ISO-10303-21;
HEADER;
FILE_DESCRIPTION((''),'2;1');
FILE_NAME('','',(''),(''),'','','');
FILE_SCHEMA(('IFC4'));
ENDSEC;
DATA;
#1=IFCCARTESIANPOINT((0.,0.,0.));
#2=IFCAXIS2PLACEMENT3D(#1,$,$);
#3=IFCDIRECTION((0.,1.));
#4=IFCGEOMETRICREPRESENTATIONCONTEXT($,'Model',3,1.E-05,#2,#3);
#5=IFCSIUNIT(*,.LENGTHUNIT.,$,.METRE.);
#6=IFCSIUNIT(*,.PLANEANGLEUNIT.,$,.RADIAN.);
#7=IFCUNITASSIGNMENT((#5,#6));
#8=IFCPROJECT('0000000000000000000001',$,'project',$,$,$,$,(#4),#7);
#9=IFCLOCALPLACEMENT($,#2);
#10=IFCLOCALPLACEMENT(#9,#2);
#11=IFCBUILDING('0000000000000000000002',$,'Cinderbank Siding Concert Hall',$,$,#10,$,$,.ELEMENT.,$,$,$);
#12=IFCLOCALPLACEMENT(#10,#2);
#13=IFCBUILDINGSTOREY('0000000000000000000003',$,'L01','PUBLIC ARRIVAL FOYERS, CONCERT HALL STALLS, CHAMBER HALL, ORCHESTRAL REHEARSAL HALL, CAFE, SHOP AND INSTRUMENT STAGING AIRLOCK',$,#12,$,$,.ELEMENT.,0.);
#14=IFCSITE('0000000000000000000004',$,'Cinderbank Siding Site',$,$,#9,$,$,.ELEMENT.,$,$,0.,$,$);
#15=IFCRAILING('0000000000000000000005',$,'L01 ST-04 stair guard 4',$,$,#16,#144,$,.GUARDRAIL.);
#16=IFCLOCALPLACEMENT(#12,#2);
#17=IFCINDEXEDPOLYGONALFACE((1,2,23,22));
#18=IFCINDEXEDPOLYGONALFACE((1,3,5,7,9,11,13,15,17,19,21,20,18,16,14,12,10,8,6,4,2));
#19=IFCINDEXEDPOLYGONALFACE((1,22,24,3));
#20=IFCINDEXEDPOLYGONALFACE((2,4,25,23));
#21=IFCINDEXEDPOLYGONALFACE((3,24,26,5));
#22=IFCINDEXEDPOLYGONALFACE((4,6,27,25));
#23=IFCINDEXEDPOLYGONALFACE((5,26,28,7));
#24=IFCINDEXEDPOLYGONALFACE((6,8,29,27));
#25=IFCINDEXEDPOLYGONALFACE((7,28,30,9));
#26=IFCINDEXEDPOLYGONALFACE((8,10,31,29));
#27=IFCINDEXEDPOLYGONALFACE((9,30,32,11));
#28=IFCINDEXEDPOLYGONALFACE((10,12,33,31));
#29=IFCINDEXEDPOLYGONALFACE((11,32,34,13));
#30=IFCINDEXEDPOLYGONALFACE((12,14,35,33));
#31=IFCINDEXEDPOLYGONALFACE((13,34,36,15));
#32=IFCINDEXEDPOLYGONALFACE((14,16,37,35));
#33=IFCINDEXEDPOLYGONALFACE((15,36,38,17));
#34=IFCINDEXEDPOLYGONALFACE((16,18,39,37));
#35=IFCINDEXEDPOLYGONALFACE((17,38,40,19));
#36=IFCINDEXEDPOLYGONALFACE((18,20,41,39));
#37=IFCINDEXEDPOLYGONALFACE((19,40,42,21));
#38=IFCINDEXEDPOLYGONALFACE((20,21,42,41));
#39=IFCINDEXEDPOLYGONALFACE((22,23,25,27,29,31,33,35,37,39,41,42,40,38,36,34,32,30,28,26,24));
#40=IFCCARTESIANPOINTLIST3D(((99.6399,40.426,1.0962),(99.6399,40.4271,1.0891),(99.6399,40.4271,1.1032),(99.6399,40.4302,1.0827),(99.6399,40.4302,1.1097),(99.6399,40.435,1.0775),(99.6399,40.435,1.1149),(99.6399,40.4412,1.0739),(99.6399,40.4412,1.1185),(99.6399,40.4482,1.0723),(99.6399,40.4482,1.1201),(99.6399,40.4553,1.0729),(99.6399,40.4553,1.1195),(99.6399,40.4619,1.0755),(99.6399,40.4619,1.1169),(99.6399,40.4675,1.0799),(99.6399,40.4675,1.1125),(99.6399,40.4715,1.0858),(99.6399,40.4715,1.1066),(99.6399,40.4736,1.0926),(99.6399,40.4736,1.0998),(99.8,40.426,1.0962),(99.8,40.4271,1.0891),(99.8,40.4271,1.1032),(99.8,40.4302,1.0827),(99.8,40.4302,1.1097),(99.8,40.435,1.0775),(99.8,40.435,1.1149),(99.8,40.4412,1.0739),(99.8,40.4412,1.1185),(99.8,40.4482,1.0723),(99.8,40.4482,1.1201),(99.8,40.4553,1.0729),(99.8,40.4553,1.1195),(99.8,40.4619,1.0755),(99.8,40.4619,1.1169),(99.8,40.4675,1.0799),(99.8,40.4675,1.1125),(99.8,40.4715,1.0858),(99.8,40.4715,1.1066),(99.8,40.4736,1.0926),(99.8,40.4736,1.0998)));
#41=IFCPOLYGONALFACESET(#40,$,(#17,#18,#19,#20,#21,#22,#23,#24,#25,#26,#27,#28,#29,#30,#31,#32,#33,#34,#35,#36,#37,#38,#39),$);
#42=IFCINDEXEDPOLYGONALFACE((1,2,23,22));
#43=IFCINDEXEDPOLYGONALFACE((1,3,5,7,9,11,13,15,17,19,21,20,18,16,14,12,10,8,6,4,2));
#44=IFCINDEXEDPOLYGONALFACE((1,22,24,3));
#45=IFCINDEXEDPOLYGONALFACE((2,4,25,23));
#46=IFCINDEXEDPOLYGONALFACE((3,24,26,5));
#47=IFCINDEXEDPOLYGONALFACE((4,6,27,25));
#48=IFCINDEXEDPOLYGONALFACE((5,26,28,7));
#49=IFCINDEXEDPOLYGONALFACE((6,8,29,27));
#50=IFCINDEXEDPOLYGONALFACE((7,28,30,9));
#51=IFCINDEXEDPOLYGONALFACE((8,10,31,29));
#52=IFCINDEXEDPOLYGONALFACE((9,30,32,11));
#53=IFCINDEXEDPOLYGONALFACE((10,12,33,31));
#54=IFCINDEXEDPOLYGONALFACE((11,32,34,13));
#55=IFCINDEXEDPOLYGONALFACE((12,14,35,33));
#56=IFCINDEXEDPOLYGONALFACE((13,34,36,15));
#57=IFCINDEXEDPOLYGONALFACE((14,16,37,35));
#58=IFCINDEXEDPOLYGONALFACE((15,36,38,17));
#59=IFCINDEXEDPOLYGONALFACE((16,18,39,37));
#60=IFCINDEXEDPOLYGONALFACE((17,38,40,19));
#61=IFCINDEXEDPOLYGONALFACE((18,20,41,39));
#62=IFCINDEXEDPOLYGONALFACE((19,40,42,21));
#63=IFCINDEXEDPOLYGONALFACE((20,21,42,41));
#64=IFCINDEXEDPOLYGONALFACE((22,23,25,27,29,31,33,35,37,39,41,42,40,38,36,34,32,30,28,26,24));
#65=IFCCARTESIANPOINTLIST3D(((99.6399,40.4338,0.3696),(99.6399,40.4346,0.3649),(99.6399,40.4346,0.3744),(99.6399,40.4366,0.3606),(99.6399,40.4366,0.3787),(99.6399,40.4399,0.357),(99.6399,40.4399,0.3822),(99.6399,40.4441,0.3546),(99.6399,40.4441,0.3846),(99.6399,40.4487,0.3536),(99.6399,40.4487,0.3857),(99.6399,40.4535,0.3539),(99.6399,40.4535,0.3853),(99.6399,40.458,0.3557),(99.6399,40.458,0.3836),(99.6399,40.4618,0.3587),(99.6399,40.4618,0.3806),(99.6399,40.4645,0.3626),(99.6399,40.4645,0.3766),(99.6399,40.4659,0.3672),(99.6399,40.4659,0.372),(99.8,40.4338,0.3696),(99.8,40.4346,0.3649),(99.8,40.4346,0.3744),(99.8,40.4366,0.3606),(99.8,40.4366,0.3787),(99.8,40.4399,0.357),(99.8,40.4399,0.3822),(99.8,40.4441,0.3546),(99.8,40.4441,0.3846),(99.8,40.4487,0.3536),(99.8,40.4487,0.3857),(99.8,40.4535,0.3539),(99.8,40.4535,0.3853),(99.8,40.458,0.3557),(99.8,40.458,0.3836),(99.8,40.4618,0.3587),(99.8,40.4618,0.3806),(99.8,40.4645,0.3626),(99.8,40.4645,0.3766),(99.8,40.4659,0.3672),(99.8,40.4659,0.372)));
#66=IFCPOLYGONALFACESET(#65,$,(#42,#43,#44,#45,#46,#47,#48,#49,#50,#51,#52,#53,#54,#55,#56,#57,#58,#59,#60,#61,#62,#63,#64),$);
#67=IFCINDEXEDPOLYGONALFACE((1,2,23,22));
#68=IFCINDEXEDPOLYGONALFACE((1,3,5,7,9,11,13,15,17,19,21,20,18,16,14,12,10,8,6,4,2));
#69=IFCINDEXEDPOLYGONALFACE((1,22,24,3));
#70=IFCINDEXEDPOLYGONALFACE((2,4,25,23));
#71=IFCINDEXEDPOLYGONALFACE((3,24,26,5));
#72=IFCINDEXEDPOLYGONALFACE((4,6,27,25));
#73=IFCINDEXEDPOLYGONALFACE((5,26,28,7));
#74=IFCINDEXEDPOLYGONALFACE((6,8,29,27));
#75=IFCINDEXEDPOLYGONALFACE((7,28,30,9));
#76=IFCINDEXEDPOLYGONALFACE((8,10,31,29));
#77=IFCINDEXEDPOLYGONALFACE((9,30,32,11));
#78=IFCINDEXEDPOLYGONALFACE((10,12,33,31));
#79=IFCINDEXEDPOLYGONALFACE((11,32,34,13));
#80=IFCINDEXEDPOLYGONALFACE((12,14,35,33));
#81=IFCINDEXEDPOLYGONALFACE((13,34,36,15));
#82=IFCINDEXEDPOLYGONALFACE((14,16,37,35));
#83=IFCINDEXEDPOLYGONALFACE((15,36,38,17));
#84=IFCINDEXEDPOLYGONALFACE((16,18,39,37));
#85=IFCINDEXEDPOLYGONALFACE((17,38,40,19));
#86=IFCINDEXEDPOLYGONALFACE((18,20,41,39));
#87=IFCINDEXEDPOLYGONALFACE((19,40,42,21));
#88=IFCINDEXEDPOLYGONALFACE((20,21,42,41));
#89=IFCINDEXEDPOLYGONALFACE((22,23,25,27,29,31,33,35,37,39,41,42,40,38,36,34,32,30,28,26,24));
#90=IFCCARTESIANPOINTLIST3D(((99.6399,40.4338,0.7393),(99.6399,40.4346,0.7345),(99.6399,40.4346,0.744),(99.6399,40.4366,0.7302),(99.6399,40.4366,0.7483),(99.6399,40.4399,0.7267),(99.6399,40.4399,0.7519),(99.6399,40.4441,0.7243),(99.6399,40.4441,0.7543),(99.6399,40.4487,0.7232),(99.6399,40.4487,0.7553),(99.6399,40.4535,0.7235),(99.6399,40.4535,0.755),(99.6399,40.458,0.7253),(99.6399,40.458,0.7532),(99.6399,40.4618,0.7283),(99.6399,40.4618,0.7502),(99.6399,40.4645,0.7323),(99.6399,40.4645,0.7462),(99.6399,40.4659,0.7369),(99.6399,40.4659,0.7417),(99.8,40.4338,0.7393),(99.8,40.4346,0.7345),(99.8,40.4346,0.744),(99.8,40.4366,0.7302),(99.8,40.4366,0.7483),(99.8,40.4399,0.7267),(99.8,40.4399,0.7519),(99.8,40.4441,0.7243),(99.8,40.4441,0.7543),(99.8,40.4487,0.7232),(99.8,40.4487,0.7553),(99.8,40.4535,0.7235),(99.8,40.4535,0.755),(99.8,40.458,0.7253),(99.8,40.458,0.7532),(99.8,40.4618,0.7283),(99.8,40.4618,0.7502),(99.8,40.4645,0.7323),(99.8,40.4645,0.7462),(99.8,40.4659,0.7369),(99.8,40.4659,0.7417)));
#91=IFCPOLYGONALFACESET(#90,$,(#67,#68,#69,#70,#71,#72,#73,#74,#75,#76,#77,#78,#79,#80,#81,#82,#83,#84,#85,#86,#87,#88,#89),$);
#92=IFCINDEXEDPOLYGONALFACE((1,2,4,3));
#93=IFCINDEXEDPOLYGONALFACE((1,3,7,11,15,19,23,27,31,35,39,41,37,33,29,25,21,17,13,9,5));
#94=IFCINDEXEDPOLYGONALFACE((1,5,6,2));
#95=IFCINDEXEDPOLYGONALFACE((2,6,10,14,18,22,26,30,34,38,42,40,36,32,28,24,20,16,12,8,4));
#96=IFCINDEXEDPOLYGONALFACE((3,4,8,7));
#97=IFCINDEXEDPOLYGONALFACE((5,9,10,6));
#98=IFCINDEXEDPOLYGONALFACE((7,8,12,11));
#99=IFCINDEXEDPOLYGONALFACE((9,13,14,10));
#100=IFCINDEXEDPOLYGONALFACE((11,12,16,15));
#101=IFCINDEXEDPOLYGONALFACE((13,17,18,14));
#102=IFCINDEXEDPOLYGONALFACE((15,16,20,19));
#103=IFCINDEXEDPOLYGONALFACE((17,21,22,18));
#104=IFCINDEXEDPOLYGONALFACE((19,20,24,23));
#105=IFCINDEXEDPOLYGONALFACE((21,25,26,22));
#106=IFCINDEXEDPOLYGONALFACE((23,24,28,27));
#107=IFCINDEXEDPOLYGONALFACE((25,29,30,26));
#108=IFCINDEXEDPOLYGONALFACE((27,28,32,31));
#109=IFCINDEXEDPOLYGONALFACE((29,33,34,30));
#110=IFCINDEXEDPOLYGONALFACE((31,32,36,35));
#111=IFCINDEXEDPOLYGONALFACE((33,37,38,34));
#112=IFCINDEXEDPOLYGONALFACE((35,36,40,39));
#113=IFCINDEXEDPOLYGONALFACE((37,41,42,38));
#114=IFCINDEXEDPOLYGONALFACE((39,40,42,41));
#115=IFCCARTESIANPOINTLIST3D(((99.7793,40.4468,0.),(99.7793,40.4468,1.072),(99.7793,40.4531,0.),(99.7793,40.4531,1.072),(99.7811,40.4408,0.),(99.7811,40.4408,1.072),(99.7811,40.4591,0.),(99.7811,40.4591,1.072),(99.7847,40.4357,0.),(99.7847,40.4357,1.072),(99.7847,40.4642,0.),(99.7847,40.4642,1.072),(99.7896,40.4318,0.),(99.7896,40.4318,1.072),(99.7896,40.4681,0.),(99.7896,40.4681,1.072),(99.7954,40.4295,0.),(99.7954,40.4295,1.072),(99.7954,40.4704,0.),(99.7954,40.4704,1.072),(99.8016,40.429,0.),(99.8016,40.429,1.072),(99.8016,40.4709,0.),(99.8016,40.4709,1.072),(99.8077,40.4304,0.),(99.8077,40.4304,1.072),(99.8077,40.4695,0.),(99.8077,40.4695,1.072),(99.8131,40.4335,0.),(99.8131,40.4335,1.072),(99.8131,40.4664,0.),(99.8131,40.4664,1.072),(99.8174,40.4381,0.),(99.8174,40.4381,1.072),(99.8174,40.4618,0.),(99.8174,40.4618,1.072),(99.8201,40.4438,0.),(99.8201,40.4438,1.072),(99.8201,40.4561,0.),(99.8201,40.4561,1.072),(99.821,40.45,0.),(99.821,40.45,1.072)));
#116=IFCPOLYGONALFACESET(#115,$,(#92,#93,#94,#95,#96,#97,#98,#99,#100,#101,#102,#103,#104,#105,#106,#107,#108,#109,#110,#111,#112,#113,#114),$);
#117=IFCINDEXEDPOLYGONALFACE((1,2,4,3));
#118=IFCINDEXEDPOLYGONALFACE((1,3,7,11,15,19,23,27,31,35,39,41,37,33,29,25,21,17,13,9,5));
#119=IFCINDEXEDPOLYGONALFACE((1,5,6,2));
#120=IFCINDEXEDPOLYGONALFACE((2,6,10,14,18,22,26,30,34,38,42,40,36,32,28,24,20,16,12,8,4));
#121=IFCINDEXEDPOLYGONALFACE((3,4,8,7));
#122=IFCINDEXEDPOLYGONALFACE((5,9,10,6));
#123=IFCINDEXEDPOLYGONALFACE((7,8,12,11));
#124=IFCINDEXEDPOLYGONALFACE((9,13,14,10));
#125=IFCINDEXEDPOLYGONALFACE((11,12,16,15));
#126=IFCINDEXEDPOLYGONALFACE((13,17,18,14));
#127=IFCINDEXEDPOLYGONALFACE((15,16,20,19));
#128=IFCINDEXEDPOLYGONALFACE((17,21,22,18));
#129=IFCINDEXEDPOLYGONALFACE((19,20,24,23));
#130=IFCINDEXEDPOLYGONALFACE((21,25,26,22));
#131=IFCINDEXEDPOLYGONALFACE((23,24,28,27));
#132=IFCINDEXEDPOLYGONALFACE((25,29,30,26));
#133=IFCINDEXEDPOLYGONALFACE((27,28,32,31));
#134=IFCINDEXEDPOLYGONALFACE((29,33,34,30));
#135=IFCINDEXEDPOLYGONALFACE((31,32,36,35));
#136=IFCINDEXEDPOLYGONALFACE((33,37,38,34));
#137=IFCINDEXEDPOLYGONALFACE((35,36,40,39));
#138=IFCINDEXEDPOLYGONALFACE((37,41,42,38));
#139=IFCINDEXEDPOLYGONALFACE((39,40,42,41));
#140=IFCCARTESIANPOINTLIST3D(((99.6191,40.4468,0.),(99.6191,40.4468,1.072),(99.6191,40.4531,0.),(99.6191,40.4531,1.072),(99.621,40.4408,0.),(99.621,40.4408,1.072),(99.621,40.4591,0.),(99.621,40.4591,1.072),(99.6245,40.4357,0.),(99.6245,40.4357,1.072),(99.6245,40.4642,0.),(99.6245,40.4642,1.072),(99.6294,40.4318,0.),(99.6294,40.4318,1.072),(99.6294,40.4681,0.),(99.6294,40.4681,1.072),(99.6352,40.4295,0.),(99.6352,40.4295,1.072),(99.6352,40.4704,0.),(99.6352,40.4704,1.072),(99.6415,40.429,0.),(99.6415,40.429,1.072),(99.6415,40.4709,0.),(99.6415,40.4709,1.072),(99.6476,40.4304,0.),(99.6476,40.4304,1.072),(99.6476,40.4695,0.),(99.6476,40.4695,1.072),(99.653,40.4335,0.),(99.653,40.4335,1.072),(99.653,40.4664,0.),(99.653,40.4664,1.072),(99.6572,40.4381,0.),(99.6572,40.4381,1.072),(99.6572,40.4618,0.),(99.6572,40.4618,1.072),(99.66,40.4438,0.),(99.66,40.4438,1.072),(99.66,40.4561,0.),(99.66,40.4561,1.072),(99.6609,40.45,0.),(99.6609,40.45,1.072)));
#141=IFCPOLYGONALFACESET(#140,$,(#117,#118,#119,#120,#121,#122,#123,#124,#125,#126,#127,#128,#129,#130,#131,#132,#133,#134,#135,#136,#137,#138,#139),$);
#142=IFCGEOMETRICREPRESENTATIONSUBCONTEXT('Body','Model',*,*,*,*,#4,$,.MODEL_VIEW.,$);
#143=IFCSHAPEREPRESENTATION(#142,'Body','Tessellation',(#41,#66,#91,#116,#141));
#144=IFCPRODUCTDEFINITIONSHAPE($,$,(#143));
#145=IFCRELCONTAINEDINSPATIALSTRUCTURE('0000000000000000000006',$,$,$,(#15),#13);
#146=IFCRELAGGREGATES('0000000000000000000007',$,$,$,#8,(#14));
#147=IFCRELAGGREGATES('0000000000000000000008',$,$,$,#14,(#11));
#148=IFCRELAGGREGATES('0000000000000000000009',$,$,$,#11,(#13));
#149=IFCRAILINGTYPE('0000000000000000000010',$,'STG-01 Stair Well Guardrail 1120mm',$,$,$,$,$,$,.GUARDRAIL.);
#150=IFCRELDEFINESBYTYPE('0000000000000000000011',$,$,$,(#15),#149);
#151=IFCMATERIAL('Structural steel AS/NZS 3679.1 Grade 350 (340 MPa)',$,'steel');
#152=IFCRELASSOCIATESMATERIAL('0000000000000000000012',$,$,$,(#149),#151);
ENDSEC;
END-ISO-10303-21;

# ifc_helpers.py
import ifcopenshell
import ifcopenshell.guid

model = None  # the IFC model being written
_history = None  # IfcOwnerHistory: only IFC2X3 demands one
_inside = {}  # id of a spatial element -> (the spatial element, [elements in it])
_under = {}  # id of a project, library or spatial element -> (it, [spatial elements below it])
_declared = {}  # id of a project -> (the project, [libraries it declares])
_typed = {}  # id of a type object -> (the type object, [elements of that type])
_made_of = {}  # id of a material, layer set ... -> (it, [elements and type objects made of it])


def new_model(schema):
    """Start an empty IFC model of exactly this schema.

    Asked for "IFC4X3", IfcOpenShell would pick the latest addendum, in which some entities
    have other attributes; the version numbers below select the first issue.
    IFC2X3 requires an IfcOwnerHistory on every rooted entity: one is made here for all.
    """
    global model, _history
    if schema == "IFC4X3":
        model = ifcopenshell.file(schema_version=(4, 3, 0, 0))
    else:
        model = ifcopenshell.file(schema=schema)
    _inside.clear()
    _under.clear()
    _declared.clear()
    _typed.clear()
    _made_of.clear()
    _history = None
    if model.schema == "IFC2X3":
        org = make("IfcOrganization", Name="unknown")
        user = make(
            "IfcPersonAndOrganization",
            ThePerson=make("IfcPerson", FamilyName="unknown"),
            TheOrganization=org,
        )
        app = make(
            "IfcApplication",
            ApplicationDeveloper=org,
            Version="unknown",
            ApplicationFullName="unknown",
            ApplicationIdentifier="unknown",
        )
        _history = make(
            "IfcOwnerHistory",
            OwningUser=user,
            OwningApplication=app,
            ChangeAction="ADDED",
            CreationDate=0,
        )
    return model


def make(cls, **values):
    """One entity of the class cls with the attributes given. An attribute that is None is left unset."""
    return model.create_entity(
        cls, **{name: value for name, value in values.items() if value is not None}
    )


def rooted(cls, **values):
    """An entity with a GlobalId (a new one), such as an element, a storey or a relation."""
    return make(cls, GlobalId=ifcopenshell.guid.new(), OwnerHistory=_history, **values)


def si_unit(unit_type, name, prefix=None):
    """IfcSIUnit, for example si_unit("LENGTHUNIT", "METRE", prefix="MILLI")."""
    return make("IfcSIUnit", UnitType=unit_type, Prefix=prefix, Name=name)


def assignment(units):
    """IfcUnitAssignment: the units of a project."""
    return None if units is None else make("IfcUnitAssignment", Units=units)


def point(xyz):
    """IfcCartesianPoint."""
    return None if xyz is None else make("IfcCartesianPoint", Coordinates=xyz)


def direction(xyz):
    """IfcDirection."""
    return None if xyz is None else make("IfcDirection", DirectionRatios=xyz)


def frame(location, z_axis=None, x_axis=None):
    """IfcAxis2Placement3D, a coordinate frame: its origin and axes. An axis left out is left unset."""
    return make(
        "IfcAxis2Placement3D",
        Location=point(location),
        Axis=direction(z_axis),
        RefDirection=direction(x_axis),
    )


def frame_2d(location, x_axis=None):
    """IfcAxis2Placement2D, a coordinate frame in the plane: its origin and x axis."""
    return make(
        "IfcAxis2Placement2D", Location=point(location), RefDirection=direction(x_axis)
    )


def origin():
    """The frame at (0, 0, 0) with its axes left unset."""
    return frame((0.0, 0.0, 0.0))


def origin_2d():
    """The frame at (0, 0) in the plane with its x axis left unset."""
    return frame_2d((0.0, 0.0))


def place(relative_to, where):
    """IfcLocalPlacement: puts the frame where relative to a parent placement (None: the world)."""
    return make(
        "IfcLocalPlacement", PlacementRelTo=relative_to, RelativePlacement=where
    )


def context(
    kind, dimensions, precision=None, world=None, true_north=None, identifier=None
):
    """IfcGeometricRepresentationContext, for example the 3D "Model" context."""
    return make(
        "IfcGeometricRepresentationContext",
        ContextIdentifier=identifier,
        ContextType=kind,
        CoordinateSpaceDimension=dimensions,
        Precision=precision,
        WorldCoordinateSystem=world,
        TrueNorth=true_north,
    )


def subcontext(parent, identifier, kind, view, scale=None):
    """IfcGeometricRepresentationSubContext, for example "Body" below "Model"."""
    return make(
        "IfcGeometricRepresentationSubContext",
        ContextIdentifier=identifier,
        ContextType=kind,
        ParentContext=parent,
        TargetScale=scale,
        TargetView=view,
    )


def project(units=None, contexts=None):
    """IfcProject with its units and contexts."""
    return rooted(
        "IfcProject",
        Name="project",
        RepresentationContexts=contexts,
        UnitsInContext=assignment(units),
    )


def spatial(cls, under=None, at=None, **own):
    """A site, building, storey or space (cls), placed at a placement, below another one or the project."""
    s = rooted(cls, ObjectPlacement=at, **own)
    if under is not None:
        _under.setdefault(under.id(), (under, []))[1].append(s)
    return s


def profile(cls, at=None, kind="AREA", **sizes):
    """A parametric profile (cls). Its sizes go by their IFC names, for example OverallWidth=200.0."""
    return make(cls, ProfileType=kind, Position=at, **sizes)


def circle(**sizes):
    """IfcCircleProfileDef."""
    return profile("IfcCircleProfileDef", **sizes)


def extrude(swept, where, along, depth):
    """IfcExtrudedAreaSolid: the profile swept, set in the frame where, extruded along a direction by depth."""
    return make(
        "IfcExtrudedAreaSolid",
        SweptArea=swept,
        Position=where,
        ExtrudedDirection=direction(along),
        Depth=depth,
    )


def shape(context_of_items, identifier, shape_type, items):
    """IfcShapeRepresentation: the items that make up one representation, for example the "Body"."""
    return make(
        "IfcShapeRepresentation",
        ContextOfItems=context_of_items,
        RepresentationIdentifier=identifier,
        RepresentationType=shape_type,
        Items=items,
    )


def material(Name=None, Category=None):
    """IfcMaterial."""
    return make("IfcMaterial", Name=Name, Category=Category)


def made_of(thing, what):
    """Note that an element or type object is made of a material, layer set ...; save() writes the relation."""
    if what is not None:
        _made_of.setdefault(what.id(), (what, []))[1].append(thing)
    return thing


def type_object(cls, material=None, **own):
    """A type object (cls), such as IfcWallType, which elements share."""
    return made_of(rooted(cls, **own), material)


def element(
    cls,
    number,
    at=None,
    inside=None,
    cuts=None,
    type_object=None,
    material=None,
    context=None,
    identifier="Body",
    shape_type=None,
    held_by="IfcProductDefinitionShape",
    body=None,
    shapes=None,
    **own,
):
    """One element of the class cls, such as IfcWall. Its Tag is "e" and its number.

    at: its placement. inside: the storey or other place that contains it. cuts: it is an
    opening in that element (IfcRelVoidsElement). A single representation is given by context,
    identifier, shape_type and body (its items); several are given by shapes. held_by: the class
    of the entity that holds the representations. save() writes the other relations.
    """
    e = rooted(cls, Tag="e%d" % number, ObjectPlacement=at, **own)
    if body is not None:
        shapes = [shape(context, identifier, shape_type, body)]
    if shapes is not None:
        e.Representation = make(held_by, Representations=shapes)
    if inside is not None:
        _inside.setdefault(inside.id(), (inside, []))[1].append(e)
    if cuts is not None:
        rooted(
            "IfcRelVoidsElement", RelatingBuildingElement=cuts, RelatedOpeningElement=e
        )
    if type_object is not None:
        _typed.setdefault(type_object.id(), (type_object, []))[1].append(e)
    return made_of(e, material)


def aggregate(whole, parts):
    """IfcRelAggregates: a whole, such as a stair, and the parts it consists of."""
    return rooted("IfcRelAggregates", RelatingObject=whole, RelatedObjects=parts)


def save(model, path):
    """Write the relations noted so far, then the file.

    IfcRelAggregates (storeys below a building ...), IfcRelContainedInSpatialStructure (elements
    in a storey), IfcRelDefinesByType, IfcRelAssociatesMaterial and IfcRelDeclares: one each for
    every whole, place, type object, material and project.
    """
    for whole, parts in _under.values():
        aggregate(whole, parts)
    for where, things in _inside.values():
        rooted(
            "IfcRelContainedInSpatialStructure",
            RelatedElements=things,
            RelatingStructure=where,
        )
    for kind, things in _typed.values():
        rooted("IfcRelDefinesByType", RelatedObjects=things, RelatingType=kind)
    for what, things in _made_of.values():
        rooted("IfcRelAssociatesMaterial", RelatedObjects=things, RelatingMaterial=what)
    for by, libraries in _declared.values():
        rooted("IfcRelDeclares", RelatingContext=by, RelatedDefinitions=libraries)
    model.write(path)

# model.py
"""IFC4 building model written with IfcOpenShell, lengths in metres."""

from ifc_helpers import new_model, si_unit, direction, frame, origin, origin_2d, place, context, subcontext, project, spatial, circle, extrude, material, type_object, element, save


model = new_model("IFC4")

# Units and contexts
model_context = context("Model", 3, precision=1e-05, world=origin(), true_north=direction((0.0, 1.0)))
body_context = subcontext(model_context, "Body", "Model", "MODEL_VIEW")
ifc_project = project(units=[si_unit("LENGTHUNIT", "METRE"), si_unit("PLANEANGLEUNIT", "RADIAN")], contexts=[model_context])

# Site, building, storey
site_placement = place(None, origin())
site = spatial("IfcSite", under=ifc_project, at=site_placement, Name="Cinderbank Siding Site", CompositionType="ELEMENT", RefElevation=0.0)
building_placement = place(site_placement, origin())
building = spatial("IfcBuilding", under=site, at=building_placement, Name="Cinderbank Siding Concert Hall", CompositionType="ELEMENT")
storey_placement = place(building_placement, origin())
storey = spatial("IfcBuildingStorey", under=building, at=storey_placement, Name="L01", Description="PUBLIC ARRIVAL FOYERS, CONCERT HALL STALLS, CHAMBER HALL, ORCHESTRAL REHEARSAL HALL, CAFE, SHOP AND INSTRUMENT STAGING AIRLOCK", CompositionType="ELEMENT", Elevation=0.0)

# Shared definitions
ifc_material_1 = material(Name="Structural steel AS/NZS 3679.1 Grade 350 (340 MPa)", Category="steel")

# Railing
railing_type_1 = type_object("IfcRailingType", Name="STG-01 Stair Well Guardrail 1120mm", PredefinedType="GUARDRAIL", material=ifc_material_1)
railing_1_placement = place(storey_placement, frame((99.8, 40.45, 0.0)))
element("IfcRailing", 1, at=railing_1_placement, inside=storey, type_object=railing_type_1, Name="L01 ST-04 stair guard 4", PredefinedType="GUARDRAIL", context=body_context, shape_type="SweptSolid", body=[
    extrude(circle(Radius=0.0239, at=origin_2d()), frame((0.0, 0.0, 1.0962), z_axis=(-1.0, 0.0, 0.0), x_axis=(0.0, -1.0, 0.0)), (0.0, 0.0, 1.0), 0.1602),
    extrude(circle(Radius=0.0161, at=origin_2d()), frame((0.0, 0.0, 0.3696), z_axis=(-1.0, 0.0, 0.0), x_axis=(0.0, -1.0, 0.0)), (0.0, 0.0, 1.0), 0.1602),
    extrude(circle(Radius=0.0161, at=origin_2d()), frame((0.0, 0.0, 0.7393), z_axis=(-1.0, 0.0, 0.0), x_axis=(0.0, -1.0, 0.0)), (0.0, 0.0, 1.0), 0.1602),
    extrude(circle(Radius=0.021, at=origin_2d()), origin(), (0.0, 0.0, 1.0), 1.072),
    extrude(circle(Radius=0.021, at=origin_2d()), frame((-0.1602, 0.0, 0.0)), (0.0, 0.0, 1.0), 1.072),
])

save(model, "model.ifc")
